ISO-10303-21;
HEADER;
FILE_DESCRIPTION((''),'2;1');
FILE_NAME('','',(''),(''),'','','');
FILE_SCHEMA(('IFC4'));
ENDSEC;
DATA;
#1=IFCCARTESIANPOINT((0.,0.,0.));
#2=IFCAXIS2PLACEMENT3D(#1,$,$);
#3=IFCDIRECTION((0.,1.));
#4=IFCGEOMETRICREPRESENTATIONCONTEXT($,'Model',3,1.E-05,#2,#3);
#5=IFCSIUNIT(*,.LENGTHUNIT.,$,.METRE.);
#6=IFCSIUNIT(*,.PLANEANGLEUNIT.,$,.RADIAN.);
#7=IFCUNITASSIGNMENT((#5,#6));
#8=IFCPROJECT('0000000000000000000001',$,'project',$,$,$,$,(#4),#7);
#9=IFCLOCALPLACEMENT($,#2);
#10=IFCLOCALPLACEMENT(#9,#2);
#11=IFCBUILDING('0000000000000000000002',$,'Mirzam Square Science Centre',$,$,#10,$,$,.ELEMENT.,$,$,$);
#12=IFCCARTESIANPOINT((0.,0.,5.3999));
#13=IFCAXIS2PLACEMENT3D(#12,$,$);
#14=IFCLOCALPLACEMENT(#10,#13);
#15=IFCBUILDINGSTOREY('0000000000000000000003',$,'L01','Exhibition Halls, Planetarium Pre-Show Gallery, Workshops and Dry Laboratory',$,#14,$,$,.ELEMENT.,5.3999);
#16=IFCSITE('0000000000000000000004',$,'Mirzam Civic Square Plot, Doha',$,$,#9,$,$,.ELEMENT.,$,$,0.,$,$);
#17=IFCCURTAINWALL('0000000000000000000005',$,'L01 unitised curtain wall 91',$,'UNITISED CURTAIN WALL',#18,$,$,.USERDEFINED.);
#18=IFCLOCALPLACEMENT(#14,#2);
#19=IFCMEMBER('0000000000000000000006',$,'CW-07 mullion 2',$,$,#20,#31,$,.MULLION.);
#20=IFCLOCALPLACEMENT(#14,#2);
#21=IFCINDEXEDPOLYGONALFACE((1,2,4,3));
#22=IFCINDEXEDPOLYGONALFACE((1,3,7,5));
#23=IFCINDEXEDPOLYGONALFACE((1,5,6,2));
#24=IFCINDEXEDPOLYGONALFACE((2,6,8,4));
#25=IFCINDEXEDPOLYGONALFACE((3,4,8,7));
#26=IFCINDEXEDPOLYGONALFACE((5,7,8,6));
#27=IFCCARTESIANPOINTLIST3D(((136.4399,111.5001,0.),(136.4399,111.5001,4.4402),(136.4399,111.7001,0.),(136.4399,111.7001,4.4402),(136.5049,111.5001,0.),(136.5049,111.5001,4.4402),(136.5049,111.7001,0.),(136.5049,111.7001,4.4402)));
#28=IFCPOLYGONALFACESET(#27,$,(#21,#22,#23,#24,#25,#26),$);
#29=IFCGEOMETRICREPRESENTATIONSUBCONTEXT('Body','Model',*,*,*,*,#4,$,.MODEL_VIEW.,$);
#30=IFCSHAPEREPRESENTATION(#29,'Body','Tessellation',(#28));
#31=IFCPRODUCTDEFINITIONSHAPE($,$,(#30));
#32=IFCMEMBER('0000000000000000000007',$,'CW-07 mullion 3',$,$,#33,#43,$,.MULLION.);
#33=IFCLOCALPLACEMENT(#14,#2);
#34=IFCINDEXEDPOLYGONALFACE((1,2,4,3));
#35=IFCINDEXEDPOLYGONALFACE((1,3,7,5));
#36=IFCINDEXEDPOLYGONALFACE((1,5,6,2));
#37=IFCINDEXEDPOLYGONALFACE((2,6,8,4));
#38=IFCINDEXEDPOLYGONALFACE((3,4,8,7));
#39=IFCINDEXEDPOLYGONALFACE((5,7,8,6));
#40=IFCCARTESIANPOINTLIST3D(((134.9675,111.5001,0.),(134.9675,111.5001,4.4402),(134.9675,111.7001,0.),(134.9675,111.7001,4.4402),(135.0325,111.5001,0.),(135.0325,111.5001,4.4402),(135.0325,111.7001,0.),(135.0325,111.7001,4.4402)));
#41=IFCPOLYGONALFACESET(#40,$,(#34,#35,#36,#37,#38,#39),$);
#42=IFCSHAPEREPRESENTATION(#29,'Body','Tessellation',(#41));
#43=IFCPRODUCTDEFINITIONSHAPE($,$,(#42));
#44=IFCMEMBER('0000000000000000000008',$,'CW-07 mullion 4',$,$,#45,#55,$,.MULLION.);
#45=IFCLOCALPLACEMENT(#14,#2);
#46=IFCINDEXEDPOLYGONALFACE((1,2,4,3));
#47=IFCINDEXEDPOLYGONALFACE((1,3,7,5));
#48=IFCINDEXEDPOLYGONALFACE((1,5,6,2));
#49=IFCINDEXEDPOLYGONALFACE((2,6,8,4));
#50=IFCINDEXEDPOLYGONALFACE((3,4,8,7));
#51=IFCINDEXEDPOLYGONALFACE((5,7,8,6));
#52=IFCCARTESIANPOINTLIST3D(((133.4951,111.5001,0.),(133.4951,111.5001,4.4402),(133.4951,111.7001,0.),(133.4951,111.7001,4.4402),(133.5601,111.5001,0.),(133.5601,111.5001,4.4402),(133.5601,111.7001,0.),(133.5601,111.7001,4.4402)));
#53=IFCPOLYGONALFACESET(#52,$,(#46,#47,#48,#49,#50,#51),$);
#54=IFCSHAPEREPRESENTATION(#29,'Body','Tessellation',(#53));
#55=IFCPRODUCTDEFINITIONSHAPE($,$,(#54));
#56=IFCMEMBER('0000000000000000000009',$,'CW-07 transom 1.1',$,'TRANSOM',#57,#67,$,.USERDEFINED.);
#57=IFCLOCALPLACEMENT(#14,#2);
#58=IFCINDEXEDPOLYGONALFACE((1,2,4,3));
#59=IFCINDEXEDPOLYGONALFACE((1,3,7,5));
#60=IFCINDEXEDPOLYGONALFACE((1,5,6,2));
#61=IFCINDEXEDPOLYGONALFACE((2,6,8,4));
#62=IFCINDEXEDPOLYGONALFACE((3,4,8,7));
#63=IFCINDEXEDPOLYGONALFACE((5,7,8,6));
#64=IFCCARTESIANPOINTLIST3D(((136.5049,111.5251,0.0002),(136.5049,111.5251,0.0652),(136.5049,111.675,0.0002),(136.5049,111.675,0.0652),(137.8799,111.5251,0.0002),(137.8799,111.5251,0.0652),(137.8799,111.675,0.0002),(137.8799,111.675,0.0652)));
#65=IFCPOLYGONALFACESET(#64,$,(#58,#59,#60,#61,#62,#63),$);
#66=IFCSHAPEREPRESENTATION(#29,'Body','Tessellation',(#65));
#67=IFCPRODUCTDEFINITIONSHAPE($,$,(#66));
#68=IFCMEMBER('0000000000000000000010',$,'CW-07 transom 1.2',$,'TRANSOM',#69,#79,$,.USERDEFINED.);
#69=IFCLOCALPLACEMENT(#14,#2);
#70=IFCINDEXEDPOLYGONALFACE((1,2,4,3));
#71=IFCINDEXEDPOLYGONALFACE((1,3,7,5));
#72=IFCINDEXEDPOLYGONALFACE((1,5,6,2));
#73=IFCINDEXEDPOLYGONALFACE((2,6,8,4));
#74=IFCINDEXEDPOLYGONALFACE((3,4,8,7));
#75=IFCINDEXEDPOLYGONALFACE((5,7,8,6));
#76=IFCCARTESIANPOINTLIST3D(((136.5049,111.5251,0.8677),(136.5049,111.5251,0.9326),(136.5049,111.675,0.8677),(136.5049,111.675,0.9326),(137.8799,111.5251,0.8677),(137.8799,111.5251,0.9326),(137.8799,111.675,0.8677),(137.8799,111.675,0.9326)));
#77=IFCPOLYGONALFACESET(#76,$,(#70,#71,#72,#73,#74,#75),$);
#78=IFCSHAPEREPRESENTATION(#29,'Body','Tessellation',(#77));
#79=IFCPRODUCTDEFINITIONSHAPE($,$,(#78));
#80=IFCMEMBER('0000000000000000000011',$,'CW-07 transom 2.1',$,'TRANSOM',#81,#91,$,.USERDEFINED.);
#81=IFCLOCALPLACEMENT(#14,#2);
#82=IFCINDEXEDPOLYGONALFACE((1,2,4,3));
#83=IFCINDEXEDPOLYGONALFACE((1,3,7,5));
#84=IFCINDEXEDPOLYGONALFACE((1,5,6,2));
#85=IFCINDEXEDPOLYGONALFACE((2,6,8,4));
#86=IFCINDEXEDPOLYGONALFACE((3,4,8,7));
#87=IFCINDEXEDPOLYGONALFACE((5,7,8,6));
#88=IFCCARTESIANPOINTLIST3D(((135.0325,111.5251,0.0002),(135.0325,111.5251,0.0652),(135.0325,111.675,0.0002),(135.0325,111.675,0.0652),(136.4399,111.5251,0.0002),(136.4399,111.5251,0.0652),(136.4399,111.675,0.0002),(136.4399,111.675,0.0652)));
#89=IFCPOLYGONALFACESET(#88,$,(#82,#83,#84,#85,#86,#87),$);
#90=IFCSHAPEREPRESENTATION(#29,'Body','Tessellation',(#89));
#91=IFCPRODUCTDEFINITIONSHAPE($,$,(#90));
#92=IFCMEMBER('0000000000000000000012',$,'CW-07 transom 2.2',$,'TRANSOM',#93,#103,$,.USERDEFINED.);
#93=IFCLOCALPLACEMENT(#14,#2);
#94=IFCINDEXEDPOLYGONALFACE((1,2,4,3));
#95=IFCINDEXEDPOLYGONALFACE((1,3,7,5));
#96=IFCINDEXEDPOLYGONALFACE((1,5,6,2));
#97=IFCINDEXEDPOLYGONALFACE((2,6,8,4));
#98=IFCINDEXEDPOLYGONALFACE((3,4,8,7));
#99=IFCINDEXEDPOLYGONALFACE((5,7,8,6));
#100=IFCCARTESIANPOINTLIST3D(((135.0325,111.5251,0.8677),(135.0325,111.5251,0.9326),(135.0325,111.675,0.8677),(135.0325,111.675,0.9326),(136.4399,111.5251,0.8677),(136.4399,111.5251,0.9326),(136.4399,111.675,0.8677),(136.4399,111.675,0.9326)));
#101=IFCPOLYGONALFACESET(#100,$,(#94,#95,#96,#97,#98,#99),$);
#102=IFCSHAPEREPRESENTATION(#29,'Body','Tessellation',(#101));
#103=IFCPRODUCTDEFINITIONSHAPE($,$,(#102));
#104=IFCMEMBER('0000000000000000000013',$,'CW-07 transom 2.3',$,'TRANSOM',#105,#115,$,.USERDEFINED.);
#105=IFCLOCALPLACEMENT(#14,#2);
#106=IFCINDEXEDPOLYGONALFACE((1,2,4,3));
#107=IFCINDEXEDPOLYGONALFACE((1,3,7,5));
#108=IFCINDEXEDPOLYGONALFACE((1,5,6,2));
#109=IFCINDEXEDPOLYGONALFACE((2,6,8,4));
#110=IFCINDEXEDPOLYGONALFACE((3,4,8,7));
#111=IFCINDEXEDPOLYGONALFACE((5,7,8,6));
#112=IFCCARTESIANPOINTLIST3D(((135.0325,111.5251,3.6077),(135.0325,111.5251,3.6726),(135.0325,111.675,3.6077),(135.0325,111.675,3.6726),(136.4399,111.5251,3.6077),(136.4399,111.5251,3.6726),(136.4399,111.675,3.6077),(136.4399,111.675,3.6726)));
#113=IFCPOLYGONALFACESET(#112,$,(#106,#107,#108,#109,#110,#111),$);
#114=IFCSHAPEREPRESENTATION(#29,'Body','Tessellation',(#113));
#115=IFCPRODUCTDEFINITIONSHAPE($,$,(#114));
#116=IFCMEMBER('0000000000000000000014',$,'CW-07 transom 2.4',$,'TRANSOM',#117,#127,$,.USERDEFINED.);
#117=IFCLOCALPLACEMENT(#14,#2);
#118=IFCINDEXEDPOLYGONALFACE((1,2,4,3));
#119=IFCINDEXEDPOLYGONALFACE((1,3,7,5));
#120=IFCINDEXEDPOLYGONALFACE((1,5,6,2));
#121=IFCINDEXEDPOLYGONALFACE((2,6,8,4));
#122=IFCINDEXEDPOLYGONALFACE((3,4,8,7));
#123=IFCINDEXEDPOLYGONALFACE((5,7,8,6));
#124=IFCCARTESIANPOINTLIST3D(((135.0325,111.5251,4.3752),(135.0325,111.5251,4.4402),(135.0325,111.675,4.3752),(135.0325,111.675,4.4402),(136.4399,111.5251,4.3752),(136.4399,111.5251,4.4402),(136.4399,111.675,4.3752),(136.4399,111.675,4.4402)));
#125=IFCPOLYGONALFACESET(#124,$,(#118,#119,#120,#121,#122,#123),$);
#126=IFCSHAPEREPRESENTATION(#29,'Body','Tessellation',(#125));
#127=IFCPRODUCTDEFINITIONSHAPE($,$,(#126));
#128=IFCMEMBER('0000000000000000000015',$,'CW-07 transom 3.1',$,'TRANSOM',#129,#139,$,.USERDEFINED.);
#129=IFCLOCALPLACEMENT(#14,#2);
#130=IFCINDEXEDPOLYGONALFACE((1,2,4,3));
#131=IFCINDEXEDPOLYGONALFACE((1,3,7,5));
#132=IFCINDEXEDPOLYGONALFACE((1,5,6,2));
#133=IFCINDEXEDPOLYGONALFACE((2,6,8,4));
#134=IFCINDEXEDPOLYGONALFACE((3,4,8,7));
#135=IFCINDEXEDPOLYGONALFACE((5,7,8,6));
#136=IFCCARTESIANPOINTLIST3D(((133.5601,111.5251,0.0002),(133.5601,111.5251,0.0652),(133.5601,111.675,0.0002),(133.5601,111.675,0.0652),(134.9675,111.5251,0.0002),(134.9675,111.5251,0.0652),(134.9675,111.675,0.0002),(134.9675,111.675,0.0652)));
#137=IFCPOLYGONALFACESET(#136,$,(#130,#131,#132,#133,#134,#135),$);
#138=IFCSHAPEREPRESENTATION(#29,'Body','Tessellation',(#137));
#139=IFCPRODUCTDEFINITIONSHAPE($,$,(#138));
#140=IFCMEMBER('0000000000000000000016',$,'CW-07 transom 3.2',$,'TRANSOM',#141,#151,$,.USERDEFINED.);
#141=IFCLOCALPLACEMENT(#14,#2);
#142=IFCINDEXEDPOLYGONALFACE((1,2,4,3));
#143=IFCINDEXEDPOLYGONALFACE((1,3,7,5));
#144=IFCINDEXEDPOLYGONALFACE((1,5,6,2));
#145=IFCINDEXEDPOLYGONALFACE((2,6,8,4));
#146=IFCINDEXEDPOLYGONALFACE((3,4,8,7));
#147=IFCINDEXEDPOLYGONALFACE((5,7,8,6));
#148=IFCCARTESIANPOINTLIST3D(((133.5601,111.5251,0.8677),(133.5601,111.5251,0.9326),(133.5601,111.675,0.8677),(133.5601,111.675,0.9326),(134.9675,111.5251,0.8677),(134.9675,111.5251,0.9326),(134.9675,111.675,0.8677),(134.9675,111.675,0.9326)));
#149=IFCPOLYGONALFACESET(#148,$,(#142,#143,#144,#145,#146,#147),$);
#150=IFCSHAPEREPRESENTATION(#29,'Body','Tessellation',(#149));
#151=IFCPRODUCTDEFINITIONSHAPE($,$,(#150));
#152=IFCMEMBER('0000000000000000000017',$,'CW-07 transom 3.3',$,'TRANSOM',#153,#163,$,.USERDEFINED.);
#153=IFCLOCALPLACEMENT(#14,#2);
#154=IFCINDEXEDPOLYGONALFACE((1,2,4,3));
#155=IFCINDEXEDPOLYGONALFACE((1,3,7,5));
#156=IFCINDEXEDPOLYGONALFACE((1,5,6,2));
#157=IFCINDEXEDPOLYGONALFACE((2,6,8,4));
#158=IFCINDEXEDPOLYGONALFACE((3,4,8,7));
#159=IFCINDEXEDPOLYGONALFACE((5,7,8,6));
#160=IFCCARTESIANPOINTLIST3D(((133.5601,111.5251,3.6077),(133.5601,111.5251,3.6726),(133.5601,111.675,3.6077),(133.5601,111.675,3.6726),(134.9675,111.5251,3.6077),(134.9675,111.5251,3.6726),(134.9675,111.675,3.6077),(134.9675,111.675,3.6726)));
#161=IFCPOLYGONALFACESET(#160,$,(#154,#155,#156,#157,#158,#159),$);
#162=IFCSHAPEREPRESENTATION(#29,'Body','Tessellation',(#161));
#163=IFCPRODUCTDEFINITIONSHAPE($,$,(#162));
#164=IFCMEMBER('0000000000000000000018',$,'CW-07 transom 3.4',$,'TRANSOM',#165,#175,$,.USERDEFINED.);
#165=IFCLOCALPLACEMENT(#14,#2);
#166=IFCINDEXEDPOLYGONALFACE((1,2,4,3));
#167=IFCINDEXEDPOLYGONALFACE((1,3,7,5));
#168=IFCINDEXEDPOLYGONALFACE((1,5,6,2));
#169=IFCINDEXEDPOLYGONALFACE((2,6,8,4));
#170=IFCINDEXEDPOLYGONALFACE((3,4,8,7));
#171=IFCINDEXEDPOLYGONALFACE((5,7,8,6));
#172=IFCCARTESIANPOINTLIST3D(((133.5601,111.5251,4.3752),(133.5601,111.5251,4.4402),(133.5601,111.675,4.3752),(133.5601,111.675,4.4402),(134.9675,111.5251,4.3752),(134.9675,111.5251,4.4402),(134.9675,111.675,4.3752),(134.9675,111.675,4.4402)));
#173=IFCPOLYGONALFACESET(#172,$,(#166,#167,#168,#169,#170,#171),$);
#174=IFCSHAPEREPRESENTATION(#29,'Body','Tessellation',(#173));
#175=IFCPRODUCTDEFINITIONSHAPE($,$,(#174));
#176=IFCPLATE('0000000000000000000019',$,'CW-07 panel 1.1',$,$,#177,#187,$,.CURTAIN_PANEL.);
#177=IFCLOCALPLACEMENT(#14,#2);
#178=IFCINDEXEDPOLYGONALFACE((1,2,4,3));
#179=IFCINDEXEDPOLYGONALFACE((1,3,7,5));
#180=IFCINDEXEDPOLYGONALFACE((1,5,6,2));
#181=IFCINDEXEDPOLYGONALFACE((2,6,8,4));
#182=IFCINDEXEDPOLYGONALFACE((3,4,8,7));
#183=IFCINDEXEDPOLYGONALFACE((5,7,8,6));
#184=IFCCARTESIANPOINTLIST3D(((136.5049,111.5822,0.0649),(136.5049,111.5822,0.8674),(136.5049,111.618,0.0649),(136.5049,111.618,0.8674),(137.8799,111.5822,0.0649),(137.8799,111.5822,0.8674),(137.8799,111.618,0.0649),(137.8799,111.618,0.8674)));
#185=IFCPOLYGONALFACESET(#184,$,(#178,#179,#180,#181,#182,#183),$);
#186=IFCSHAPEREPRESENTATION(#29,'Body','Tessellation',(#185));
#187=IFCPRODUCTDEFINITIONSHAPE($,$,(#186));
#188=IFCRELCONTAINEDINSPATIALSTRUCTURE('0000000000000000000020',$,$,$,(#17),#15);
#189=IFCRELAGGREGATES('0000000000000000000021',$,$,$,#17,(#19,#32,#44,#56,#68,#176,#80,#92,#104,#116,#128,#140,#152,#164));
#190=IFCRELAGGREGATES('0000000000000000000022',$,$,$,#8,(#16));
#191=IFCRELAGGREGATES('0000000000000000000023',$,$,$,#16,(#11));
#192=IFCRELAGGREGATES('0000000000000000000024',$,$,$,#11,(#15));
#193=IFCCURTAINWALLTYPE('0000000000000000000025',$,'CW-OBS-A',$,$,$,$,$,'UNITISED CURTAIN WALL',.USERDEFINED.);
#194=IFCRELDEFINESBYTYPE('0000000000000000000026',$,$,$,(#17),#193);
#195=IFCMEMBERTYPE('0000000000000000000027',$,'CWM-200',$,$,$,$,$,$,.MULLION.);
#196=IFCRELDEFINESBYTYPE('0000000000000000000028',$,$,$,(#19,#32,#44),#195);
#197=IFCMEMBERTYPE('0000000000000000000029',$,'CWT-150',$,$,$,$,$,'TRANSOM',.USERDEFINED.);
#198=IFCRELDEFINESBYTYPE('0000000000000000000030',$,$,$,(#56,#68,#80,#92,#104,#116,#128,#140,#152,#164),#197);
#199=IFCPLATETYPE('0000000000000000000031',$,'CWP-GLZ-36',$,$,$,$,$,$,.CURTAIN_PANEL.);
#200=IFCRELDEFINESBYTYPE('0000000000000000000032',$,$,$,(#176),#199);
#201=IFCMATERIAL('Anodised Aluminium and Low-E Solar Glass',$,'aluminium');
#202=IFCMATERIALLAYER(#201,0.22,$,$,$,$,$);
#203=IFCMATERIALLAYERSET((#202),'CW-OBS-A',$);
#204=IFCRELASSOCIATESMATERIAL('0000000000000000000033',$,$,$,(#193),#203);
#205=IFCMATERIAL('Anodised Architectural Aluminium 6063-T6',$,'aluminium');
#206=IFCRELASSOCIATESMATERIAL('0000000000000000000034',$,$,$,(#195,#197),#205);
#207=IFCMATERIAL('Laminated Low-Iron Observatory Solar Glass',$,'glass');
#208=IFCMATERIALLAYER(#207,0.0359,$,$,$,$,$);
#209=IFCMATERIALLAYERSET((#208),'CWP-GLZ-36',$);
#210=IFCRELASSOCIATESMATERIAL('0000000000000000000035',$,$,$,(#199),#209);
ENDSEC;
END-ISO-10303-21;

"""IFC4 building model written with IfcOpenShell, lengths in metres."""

from ifc_helpers import new_model, si_unit, direction, frame, origin, origin_2d, place, context, subcontext, project, spatial, rectangle, extrude, material, layer, layer_set, material_profile, profile_set, type_object, element, aggregate, save


model = new_model("IFC4")

# Units and contexts
model_context = context("Model", 3, precision=1e-05, world=origin(), true_north=direction((0.0, 1.0)))
body_context = subcontext(model_context, "Body", "Model", "MODEL_VIEW")
ifc_project = project(units=[si_unit("LENGTHUNIT", "METRE"), si_unit("PLANEANGLEUNIT", "RADIAN")], contexts=[model_context])

# Site, building, storey
site_placement = place(None, origin())
site = spatial("IfcSite", under=ifc_project, at=site_placement, Name="Mirzam Civic Square Plot, Doha", CompositionType="ELEMENT", RefElevation=0.0)
building_placement = place(site_placement, origin())
building = spatial("IfcBuilding", under=site, at=building_placement, Name="Mirzam Square Science Centre", CompositionType="ELEMENT")
storey_placement = place(building_placement, frame((0.0, 0.0, 5.3999)))
storey = spatial("IfcBuildingStorey", under=building, at=storey_placement, Name="L01", Description="Exhibition Halls, Planetarium Pre-Show Gallery, Workshops and Dry Laboratory", CompositionType="ELEMENT", Elevation=5.3999)

# Curtain wall, members, plate
ifc_material_1 = material(Name="Anodised Aluminium and Low-E Solar Glass", Category="aluminium")
ifc_layer_1 = layer(ifc_material_1, 0.22)
ifc_layer_set_1 = layer_set([ifc_layer_1], Name="CW-OBS-A")
curtain_wall_type = type_object("IfcCurtainWallType", Name="CW-OBS-A", ElementType="UNITISED CURTAIN WALL", PredefinedType="USERDEFINED", material=ifc_layer_set_1)
curtain_wall_placement = place(storey_placement, origin())
curtain_wall = element("IfcCurtainWall", 1, at=curtain_wall_placement, inside=storey, type_object=curtain_wall_type, Name="L01 unitised curtain wall 91", ObjectType="UNITISED CURTAIN WALL", PredefinedType="USERDEFINED")
ifc_material_2 = material(Name="Anodised Architectural Aluminium 6063-T6", Category="aluminium")
ifc_material_profile_1 = material_profile(ifc_material_2, rectangle(XDim=0.0649, YDim=0.2, at=origin_2d()), Name="ALU-MULL-200x65x5")
ifc_profile_set_1 = profile_set([ifc_material_profile_1], Name="Anodised Architectural Aluminium 6063-T6")
member_type_1 = type_object("IfcMemberType", Name="CWM-200", PredefinedType="MULLION", material=ifc_profile_set_1)
member_1_placement = place(storey_placement, frame((136.4724, 111.6001, 0.0), z_axis=(0.0, 0.0, 1.0), x_axis=(-1.0, 0.0, 0.0)))
member_1 = element("IfcMember", 2, at=member_1_placement, type_object=member_type_1, Name="CW-07 mullion 2", PredefinedType="MULLION", context=body_context, shape_type="SweptSolid", body=[
    extrude(rectangle(XDim=0.0649, YDim=0.2, at=origin_2d()), origin(), (0.0, 0.0, 1.0), 4.4402),
])
member_2_placement = place(storey_placement, frame((135.0, 111.6001, 0.0), z_axis=(0.0, 0.0, 1.0), x_axis=(-1.0, 0.0, 0.0)))
member_2 = element("IfcMember", 3, at=member_2_placement, type_object=member_type_1, Name="CW-07 mullion 3", PredefinedType="MULLION", context=body_context, shape_type="SweptSolid", body=[
    extrude(rectangle(XDim=0.0649, YDim=0.2, at=origin_2d()), origin(), (0.0, 0.0, 1.0), 4.4402),
])
member_3_placement = place(storey_placement, frame((133.5276, 111.6001, 0.0), z_axis=(0.0, 0.0, 1.0), x_axis=(-1.0, 0.0, 0.0)))
member_3 = element("IfcMember", 4, at=member_3_placement, type_object=member_type_1, Name="CW-07 mullion 4", PredefinedType="MULLION", context=body_context, shape_type="SweptSolid", body=[
    extrude(rectangle(XDim=0.0649, YDim=0.2, at=origin_2d()), origin(), (0.0, 0.0, 1.0), 4.4402),
])
ifc_material_profile_2 = material_profile(ifc_material_2, rectangle(XDim=0.1499, YDim=0.0649, at=origin_2d()), Name="ALU-TRAN-150x65x4")
ifc_profile_set_2 = profile_set([ifc_material_profile_2], Name="Anodised Architectural Aluminium 6063-T6")
member_type_2 = type_object("IfcMemberType", Name="CWT-150", ElementType="TRANSOM", PredefinedType="USERDEFINED", material=ifc_profile_set_2)
member_4_placement = place(storey_placement, frame((137.8799, 111.6001, 0.0327), z_axis=(-1.0, 0.0, 0.0), x_axis=(0.0, -1.0, 0.0)))
member_4 = element("IfcMember", 5, at=member_4_placement, type_object=member_type_2, Name="CW-07 transom 1.1", ObjectType="TRANSOM", PredefinedType="USERDEFINED", context=body_context, shape_type="SweptSolid", body=[
    extrude(rectangle(XDim=0.1499, YDim=0.0649, at=origin_2d()), origin(), (0.0, 0.0, 1.0), 1.375),
])
member_5_placement = place(storey_placement, frame((137.8799, 111.6001, 0.9001), z_axis=(-1.0, 0.0, 0.0), x_axis=(0.0, -1.0, 0.0)))
member_5 = element("IfcMember", 6, at=member_5_placement, type_object=member_type_2, Name="CW-07 transom 1.2", ObjectType="TRANSOM", PredefinedType="USERDEFINED", context=body_context, shape_type="SweptSolid", body=[
    extrude(rectangle(XDim=0.1499, YDim=0.0649, at=origin_2d()), origin(), (0.0, 0.0, 1.0), 1.375),
])
member_6_placement = place(storey_placement, frame((136.4399, 111.6001, 0.0327), z_axis=(-1.0, 0.0, 0.0), x_axis=(0.0, -1.0, 0.0)))
member_6 = element("IfcMember", 7, at=member_6_placement, type_object=member_type_2, Name="CW-07 transom 2.1", ObjectType="TRANSOM", PredefinedType="USERDEFINED", context=body_context, shape_type="SweptSolid", body=[
    extrude(rectangle(XDim=0.1499, YDim=0.0649, at=origin_2d()), origin(), (0.0, 0.0, 1.0), 1.4075),
])
member_7_placement = place(storey_placement, frame((136.4399, 111.6001, 0.9001), z_axis=(-1.0, 0.0, 0.0), x_axis=(0.0, -1.0, 0.0)))
member_7 = element("IfcMember", 8, at=member_7_placement, type_object=member_type_2, Name="CW-07 transom 2.2", ObjectType="TRANSOM", PredefinedType="USERDEFINED", context=body_context, shape_type="SweptSolid", body=[
    extrude(rectangle(XDim=0.1499, YDim=0.0649, at=origin_2d()), origin(), (0.0, 0.0, 1.0), 1.4075),
])
member_8_placement = place(storey_placement, frame((136.4399, 111.6001, 3.6401), z_axis=(-1.0, 0.0, 0.0), x_axis=(0.0, -1.0, 0.0)))
member_8 = element("IfcMember", 9, at=member_8_placement, type_object=member_type_2, Name="CW-07 transom 2.3", ObjectType="TRANSOM", PredefinedType="USERDEFINED", context=body_context, shape_type="SweptSolid", body=[
    extrude(rectangle(XDim=0.1499, YDim=0.0649, at=origin_2d()), origin(), (0.0, 0.0, 1.0), 1.4075),
])
member_9_placement = place(storey_placement, frame((136.4399, 111.6001, 4.4077), z_axis=(-1.0, 0.0, 0.0), x_axis=(0.0, -1.0, 0.0)))
member_9 = element("IfcMember", 10, at=member_9_placement, type_object=member_type_2, Name="CW-07 transom 2.4", ObjectType="TRANSOM", PredefinedType="USERDEFINED", context=body_context, shape_type="SweptSolid", body=[
    extrude(rectangle(XDim=0.1499, YDim=0.0649, at=origin_2d()), origin(), (0.0, 0.0, 1.0), 1.4075),
])
member_10_placement = place(storey_placement, frame((134.9675, 111.6001, 0.0327), z_axis=(-1.0, 0.0, 0.0), x_axis=(0.0, -1.0, 0.0)))
member_10 = element("IfcMember", 11, at=member_10_placement, type_object=member_type_2, Name="CW-07 transom 3.1", ObjectType="TRANSOM", PredefinedType="USERDEFINED", context=body_context, shape_type="SweptSolid", body=[
    extrude(rectangle(XDim=0.1499, YDim=0.0649, at=origin_2d()), origin(), (0.0, 0.0, 1.0), 1.4075),
])
member_11_placement = place(storey_placement, frame((134.9675, 111.6001, 0.9001), z_axis=(-1.0, 0.0, 0.0), x_axis=(0.0, -1.0, 0.0)))
member_11 = element("IfcMember", 12, at=member_11_placement, type_object=member_type_2, Name="CW-07 transom 3.2", ObjectType="TRANSOM", PredefinedType="USERDEFINED", context=body_context, shape_type="SweptSolid", body=[
    extrude(rectangle(XDim=0.1499, YDim=0.0649, at=origin_2d()), origin(), (0.0, 0.0, 1.0), 1.4075),
])
member_12_placement = place(storey_placement, frame((134.9675, 111.6001, 3.6401), z_axis=(-1.0, 0.0, 0.0), x_axis=(0.0, -1.0, 0.0)))
member_12 = element("IfcMember", 13, at=member_12_placement, type_object=member_type_2, Name="CW-07 transom 3.3", ObjectType="TRANSOM", PredefinedType="USERDEFINED", context=body_context, shape_type="SweptSolid", body=[
    extrude(rectangle(XDim=0.1499, YDim=0.0649, at=origin_2d()), origin(), (0.0, 0.0, 1.0), 1.4075),
])
member_13_placement = place(storey_placement, frame((134.9675, 111.6001, 4.4077), z_axis=(-1.0, 0.0, 0.0), x_axis=(0.0, -1.0, 0.0)))
member_13 = element("IfcMember", 14, at=member_13_placement, type_object=member_type_2, Name="CW-07 transom 3.4", ObjectType="TRANSOM", PredefinedType="USERDEFINED", context=body_context, shape_type="SweptSolid", body=[
    extrude(rectangle(XDim=0.1499, YDim=0.0649, at=origin_2d()), origin(), (0.0, 0.0, 1.0), 1.4075),
])
ifc_material_3 = material(Name="Laminated Low-Iron Observatory Solar Glass", Category="glass")
ifc_layer_2 = layer(ifc_material_3, 0.0359)
ifc_layer_set_2 = layer_set([ifc_layer_2], Name="CWP-GLZ-36")
plate_type = type_object("IfcPlateType", Name="CWP-GLZ-36", PredefinedType="CURTAIN_PANEL", material=ifc_layer_set_2)
plate_1_placement = place(storey_placement, frame((137.1924, 111.6001, 0.0649), z_axis=(0.0, 0.0, 1.0), x_axis=(-1.0, 0.0, 0.0)))
plate_1 = element("IfcPlate", 15, at=plate_1_placement, type_object=plate_type, Name="CW-07 panel 1.1", PredefinedType="CURTAIN_PANEL", context=body_context, shape_type="SweptSolid", body=[
    extrude(rectangle(XDim=1.375, YDim=0.0359, at=origin_2d()), origin(), (0.0, 0.0, 1.0), 0.8025),
])
aggregate(curtain_wall, [member_1, member_2, member_3, member_4, member_5, plate_1, member_6, member_7, member_8, member_9, member_10, member_11, member_12, member_13])

save(model, "model.ifc")
